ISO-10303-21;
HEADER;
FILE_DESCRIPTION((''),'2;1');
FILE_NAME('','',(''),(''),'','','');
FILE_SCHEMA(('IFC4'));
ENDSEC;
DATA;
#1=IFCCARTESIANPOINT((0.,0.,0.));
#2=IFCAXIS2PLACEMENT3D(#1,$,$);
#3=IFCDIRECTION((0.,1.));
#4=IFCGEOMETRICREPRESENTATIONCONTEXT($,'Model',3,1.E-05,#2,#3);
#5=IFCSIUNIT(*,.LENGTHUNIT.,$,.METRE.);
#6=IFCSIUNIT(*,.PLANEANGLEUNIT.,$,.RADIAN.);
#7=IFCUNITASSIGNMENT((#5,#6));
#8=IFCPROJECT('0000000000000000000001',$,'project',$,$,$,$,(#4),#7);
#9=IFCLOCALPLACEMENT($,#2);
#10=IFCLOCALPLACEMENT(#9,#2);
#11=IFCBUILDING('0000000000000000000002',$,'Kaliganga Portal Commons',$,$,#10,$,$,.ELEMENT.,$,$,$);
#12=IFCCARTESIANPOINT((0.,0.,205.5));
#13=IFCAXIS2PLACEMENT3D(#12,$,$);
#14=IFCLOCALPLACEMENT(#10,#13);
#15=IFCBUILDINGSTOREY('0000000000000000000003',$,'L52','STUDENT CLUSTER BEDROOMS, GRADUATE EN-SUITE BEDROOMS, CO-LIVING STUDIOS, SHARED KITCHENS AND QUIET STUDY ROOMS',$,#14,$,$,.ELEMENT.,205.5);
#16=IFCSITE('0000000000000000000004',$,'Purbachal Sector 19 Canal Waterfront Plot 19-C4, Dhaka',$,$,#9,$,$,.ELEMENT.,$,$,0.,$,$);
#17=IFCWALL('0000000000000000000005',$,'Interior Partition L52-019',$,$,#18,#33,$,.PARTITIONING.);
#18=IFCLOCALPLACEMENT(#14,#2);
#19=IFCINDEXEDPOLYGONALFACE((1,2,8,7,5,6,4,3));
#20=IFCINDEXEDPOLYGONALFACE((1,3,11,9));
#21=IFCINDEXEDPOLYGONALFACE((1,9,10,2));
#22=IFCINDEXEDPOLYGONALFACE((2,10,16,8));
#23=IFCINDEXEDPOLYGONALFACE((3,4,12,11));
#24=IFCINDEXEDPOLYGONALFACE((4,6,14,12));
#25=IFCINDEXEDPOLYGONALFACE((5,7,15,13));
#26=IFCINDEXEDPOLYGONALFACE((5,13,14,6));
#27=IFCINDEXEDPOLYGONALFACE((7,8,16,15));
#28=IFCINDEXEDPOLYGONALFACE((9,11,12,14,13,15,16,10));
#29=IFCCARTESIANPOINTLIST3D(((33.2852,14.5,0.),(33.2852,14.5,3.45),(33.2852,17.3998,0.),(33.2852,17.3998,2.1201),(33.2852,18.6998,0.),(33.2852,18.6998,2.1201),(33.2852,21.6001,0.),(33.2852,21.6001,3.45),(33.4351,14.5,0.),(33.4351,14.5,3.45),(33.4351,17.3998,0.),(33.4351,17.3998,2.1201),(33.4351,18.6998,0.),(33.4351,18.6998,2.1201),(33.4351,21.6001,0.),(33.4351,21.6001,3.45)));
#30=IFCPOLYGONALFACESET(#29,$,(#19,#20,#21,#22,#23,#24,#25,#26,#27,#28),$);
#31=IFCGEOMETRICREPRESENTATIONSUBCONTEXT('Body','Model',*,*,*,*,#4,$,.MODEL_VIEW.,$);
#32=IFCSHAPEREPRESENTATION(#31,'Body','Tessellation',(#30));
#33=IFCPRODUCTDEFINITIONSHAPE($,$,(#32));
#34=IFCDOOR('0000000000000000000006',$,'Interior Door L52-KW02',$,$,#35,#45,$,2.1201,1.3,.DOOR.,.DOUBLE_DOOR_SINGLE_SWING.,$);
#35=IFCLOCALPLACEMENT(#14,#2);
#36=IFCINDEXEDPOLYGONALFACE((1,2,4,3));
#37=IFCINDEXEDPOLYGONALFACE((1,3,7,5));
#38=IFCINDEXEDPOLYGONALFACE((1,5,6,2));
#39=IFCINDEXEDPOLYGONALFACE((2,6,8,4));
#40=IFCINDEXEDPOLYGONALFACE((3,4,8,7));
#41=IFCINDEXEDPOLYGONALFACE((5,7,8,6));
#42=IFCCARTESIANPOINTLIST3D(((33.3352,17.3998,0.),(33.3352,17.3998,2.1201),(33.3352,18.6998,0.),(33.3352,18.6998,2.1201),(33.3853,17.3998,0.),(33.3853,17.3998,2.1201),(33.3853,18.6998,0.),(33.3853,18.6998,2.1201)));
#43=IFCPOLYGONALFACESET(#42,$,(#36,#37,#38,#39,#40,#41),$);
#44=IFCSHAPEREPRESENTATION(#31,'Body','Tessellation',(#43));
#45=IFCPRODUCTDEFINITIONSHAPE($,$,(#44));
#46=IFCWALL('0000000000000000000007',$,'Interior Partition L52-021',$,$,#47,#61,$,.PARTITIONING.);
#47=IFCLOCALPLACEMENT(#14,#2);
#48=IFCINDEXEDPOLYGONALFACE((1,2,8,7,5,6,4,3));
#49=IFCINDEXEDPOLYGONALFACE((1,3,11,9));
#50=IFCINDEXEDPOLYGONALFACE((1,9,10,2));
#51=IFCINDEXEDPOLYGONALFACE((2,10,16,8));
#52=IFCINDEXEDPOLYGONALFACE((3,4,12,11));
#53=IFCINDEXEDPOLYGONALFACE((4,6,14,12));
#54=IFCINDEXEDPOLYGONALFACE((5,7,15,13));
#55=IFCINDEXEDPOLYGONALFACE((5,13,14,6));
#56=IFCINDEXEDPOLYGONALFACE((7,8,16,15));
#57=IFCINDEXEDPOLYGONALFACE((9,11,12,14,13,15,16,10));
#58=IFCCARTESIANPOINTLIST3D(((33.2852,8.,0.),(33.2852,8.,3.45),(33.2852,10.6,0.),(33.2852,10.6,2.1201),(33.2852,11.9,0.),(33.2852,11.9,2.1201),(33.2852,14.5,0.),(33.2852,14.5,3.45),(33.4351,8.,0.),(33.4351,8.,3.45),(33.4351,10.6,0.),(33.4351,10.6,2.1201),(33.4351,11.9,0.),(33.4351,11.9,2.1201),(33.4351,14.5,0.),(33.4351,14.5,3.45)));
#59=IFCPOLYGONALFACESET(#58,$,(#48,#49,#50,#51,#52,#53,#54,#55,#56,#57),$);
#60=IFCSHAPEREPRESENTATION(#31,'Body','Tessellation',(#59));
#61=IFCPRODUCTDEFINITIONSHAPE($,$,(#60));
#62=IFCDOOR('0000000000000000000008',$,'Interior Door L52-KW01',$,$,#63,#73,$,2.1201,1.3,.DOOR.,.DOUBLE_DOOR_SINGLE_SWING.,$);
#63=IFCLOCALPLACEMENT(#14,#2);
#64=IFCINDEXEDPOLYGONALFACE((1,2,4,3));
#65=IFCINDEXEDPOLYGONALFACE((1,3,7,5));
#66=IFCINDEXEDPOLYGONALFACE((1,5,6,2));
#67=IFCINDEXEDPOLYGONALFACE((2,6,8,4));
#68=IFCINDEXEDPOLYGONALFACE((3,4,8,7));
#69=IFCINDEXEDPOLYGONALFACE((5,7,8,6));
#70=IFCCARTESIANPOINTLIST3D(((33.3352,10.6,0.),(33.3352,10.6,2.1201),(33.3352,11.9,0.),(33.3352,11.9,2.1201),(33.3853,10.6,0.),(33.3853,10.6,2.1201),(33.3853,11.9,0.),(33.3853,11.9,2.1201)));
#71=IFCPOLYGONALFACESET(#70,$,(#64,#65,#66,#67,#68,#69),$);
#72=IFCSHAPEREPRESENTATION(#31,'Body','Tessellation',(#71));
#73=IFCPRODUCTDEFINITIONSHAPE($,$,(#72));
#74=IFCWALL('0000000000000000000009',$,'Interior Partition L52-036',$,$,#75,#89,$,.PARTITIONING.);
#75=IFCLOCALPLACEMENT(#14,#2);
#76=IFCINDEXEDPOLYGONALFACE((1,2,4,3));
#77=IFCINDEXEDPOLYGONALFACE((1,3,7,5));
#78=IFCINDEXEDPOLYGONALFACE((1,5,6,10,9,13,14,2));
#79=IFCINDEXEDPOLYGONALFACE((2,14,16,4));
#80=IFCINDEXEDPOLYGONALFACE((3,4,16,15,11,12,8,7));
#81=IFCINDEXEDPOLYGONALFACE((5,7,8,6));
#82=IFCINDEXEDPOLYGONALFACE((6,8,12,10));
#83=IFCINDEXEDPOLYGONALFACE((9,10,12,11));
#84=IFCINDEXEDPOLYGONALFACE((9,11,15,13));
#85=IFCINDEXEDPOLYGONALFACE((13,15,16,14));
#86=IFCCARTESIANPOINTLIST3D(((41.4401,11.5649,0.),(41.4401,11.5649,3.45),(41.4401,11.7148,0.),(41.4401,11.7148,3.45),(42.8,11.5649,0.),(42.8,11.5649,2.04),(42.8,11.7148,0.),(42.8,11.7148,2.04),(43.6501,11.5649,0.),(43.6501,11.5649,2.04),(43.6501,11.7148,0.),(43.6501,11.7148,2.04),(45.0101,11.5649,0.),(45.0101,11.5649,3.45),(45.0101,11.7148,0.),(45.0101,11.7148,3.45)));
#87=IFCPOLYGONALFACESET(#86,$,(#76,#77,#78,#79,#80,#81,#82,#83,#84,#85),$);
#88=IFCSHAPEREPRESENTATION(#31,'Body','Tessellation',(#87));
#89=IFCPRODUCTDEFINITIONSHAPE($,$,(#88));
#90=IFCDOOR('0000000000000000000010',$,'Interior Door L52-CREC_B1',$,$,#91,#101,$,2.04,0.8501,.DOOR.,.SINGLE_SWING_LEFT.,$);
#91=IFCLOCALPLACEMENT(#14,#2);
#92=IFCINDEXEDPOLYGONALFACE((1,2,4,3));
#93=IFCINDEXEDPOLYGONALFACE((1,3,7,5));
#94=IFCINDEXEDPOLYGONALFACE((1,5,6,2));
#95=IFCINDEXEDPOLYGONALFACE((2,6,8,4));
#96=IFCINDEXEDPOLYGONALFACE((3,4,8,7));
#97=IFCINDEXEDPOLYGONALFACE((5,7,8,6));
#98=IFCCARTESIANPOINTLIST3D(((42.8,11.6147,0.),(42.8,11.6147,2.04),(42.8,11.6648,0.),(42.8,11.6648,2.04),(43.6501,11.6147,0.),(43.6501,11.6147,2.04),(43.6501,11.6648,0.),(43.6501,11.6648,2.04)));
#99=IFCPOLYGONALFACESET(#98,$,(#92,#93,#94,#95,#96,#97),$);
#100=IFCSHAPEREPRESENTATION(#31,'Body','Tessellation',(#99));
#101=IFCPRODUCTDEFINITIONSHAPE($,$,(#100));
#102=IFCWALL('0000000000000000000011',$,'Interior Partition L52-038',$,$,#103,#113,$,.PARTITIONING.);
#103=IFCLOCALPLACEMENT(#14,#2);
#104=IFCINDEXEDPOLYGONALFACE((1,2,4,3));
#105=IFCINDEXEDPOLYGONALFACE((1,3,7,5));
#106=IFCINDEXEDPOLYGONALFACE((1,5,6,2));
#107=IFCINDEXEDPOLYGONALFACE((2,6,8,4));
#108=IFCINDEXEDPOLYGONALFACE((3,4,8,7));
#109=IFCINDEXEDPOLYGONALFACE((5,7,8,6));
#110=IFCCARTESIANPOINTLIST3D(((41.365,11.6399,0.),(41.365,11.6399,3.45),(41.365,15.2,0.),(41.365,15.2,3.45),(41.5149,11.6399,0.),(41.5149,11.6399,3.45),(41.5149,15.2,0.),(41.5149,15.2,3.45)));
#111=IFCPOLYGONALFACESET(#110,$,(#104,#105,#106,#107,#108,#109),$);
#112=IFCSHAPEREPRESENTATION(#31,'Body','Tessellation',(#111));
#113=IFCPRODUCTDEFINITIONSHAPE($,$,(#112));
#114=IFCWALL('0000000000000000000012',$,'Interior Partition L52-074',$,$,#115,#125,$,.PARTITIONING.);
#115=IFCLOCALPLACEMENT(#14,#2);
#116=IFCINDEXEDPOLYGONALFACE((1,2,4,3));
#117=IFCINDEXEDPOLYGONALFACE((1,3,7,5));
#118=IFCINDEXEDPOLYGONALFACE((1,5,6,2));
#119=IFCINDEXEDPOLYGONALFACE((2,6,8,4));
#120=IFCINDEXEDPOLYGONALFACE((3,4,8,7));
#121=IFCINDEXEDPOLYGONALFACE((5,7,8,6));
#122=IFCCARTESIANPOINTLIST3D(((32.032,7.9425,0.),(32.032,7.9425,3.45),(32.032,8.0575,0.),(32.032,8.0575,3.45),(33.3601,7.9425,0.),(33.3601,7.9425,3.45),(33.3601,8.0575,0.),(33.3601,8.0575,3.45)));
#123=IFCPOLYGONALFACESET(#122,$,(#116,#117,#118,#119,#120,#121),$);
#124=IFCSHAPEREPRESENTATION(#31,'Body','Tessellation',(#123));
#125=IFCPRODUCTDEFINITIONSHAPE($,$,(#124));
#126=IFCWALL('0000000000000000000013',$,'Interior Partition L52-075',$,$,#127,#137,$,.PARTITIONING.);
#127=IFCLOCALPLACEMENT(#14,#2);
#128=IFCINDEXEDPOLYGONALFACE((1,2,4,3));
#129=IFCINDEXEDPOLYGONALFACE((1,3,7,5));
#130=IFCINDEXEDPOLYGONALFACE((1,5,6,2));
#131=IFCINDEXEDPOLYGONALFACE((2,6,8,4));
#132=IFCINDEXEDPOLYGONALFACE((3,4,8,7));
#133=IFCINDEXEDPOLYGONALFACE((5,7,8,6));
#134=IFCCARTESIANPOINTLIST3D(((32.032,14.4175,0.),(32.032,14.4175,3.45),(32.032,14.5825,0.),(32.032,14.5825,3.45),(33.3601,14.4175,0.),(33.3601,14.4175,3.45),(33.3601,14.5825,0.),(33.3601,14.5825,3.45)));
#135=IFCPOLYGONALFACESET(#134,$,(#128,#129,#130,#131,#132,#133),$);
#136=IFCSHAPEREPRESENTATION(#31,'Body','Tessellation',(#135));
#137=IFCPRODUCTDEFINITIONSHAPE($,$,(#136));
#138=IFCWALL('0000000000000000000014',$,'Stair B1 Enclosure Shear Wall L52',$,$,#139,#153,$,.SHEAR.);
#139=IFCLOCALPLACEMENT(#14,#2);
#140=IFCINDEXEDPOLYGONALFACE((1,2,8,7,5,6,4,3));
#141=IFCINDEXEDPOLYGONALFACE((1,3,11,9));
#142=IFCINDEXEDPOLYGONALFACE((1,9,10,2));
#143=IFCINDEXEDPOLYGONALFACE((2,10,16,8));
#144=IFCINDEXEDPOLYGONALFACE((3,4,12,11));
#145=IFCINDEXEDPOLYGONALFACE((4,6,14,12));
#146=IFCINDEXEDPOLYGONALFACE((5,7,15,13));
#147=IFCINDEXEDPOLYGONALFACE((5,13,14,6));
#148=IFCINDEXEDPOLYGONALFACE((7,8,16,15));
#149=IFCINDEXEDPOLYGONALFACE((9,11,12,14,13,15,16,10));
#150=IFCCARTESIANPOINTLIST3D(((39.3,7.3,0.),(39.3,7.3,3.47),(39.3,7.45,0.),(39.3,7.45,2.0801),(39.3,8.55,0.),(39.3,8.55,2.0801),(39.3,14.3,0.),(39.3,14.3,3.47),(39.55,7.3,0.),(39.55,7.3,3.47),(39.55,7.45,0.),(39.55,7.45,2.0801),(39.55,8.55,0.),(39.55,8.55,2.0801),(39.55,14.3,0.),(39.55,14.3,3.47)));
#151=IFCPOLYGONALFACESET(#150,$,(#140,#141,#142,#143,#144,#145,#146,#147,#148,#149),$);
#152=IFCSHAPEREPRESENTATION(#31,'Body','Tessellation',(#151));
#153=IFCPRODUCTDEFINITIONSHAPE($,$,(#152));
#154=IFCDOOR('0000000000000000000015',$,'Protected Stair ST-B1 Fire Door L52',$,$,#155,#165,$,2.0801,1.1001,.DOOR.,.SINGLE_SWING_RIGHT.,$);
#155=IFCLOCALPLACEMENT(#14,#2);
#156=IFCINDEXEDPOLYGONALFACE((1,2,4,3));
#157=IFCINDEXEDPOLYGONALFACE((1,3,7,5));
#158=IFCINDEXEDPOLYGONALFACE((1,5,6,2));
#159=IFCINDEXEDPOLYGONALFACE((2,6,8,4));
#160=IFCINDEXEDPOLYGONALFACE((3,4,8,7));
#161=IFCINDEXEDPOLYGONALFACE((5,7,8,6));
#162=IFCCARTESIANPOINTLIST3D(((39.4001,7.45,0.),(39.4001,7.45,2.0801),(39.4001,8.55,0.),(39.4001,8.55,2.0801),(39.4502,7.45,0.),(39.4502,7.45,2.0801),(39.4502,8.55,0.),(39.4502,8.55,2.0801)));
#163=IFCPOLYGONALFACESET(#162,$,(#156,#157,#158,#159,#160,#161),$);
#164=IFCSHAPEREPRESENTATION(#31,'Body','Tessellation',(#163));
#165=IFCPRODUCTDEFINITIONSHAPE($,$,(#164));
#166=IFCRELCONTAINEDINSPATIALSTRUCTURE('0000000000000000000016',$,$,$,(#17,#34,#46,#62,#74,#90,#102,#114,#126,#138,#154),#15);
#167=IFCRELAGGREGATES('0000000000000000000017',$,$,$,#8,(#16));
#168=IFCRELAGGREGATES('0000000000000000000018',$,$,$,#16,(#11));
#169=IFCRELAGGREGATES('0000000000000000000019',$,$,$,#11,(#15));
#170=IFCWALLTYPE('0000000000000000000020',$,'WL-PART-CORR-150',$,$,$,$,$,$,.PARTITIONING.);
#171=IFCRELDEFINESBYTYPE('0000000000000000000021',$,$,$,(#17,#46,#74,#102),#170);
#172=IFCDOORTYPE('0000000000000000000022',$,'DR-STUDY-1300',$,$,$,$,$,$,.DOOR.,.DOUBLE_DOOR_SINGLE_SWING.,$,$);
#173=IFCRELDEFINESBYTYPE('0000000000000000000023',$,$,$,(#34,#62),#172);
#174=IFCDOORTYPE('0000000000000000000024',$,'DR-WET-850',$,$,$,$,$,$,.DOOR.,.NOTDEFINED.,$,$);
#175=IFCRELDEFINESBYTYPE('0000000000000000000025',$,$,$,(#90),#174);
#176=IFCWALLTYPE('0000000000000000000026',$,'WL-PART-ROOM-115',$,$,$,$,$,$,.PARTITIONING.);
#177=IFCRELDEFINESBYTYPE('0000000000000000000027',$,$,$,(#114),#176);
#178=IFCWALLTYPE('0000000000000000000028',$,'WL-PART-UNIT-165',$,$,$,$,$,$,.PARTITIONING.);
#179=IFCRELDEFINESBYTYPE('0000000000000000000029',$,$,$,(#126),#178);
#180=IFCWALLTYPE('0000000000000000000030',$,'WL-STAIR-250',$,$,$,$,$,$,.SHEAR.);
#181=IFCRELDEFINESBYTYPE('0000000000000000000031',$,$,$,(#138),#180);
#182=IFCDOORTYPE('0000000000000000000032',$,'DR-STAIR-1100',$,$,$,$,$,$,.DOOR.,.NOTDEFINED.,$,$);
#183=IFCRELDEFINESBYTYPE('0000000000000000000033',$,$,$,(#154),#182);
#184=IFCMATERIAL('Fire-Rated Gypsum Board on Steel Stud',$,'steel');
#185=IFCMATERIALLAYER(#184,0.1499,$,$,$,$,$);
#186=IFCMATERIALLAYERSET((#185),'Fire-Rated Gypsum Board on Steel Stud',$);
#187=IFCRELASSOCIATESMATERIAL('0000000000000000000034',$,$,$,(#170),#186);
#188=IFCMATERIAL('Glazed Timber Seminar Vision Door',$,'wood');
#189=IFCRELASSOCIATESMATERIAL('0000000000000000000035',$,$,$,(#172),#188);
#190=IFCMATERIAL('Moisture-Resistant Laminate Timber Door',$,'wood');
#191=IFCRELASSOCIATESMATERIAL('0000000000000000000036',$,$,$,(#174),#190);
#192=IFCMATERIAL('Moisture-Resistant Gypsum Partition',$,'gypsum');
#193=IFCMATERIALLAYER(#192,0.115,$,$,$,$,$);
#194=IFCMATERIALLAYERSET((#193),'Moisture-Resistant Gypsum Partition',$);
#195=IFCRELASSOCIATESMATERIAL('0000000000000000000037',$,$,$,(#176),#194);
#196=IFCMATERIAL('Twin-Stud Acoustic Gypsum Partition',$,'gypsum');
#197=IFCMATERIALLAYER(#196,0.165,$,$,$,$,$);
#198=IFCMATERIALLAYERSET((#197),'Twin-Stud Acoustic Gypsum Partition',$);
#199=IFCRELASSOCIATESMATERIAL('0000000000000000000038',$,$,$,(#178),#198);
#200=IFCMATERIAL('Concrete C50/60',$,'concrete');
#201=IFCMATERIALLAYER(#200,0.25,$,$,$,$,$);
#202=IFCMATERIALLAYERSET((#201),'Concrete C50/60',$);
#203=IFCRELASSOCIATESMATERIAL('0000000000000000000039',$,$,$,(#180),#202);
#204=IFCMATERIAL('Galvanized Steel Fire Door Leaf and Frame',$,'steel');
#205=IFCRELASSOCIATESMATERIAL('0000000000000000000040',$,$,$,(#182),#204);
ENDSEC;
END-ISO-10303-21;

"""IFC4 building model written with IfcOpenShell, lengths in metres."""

from ifc_helpers import new_model, si_unit, direction, frame, frame_2d, origin, place, context, subcontext, project, spatial, rectangle, extrude, material, layer, layer_set, type_object, element, fill, save


model = new_model("IFC4")

# Units and contexts
model_context = context("Model", 3, precision=1e-05, world=origin(), true_north=direction((0.0, 1.0)))
body_context = subcontext(model_context, "Body", "Model", "MODEL_VIEW")
ifc_project = project(units=[si_unit("LENGTHUNIT", "METRE"), si_unit("PLANEANGLEUNIT", "RADIAN")], contexts=[model_context])

# Site, building, storey
site_placement = place(None, origin())
site = spatial("IfcSite", under=ifc_project, at=site_placement, Name="Purbachal Sector 19 Canal Waterfront Plot 19-C4, Dhaka", CompositionType="ELEMENT", RefElevation=0.0)
building_placement = place(site_placement, origin())
building = spatial("IfcBuilding", under=site, at=building_placement, Name="Kaliganga Portal Commons", CompositionType="ELEMENT")
storey_placement = place(building_placement, frame((0.0, 0.0, 205.5)))
storey = spatial("IfcBuildingStorey", under=building, at=storey_placement, Name="L52", Description="STUDENT CLUSTER BEDROOMS, GRADUATE EN-SUITE BEDROOMS, CO-LIVING STUDIOS, SHARED KITCHENS AND QUIET STUDY ROOMS", CompositionType="ELEMENT", Elevation=205.5)

# Shared definitions
ifc_material_1 = material(Name="Concrete C50/60", Category="concrete")

# Walls, openings, doors
ifc_material_2 = material(Name="Fire-Rated Gypsum Board on Steel Stud", Category="steel")
ifc_layer_1 = layer(ifc_material_2, 0.1499)
ifc_layer_set_1 = layer_set([ifc_layer_1], Name="Fire-Rated Gypsum Board on Steel Stud")
wall_type_1 = type_object("IfcWallType", Name="WL-PART-CORR-150", PredefinedType="PARTITIONING", material=ifc_layer_set_1)
wall_1_placement = place(storey_placement, frame((33.3601, 14.5, 0.0), z_axis=(0.0, 0.0, 1.0), x_axis=(0.0, 1.0, 0.0)))
wall_1 = element("IfcWall", 1, at=wall_1_placement, inside=storey, type_object=wall_type_1, Name="Interior Partition L52-019", PredefinedType="PARTITIONING", context=body_context, shape_type="SweptSolid", body=[
    extrude(rectangle(XDim=7.1001, YDim=0.1499, at=frame_2d((3.55, 0.0))), origin(), (0.0, 0.0, 1.0), 3.45),
])
opening_1_placement = place(wall_1_placement, frame((2.8999, 0.0, 0.0)))
opening_1 = element("IfcOpeningElement", 2, at=opening_1_placement, cuts=wall_1, PredefinedType="OPENING", context=body_context, shape_type="SweptSolid", body=[
    extrude(rectangle(XDim=1.3, YDim=2.1201, at=frame_2d((0.6499, 1.0601))), frame((0.0, 0.085, 0.0), z_axis=(0.0, -1.0, 0.0), x_axis=(1.0, 0.0, 0.0)), (0.0, 0.0, 1.0), 0.1699),
])
ifc_material_3 = material(Name="Glazed Timber Seminar Vision Door", Category="wood")
door_type_1 = type_object("IfcDoorType", Name="DR-STUDY-1300", OperationType="DOUBLE_DOOR_SINGLE_SWING", PredefinedType="DOOR", material=ifc_material_3)
door_1_placement = place(opening_1_placement, origin())
door_1 = element("IfcDoor", 3, at=door_1_placement, inside=storey, type_object=door_type_1, Name="Interior Door L52-KW02", OperationType="DOUBLE_DOOR_SINGLE_SWING", OverallHeight=2.1201, OverallWidth=1.3, PredefinedType="DOOR", context=body_context, shape_type="SweptSolid", body=[
    extrude(rectangle(XDim=1.3, YDim=2.1201, at=frame_2d((0.6499, 1.0601))), frame((0.0, 0.0249, 0.0), z_axis=(0.0, -1.0, 0.0), x_axis=(1.0, 0.0, 0.0)), (0.0, 0.0, 1.0), 0.05),
])
fill(opening_1, door_1)
wall_2_placement = place(storey_placement, frame((33.3601, 8.0, 0.0), z_axis=(0.0, 0.0, 1.0), x_axis=(0.0, 1.0, 0.0)))
wall_2 = element("IfcWall", 4, at=wall_2_placement, inside=storey, type_object=wall_type_1, Name="Interior Partition L52-021", PredefinedType="PARTITIONING", context=body_context, shape_type="SweptSolid", body=[
    extrude(rectangle(XDim=6.5, YDim=0.1499, at=frame_2d((3.25, 0.0))), origin(), (0.0, 0.0, 1.0), 3.45),
])
opening_2_placement = place(wall_2_placement, frame((2.6001, 0.0, 0.0)))
opening_2 = element("IfcOpeningElement", 5, at=opening_2_placement, cuts=wall_2, PredefinedType="OPENING", context=body_context, shape_type="SweptSolid", body=[
    extrude(rectangle(XDim=1.3, YDim=2.1201, at=frame_2d((0.6499, 1.0601))), frame((0.0, 0.085, 0.0), z_axis=(0.0, -1.0, 0.0), x_axis=(1.0, 0.0, 0.0)), (0.0, 0.0, 1.0), 0.1699),
])
door_2_placement = place(opening_2_placement, origin())
door_2 = element("IfcDoor", 6, at=door_2_placement, inside=storey, type_object=door_type_1, Name="Interior Door L52-KW01", OperationType="DOUBLE_DOOR_SINGLE_SWING", OverallHeight=2.1201, OverallWidth=1.3, PredefinedType="DOOR", context=body_context, shape_type="SweptSolid", body=[
    extrude(rectangle(XDim=1.3, YDim=2.1201, at=frame_2d((0.6499, 1.0601))), frame((0.0, 0.0249, 0.0), z_axis=(0.0, -1.0, 0.0), x_axis=(1.0, 0.0, 0.0)), (0.0, 0.0, 1.0), 0.05),
])
fill(opening_2, door_2)
wall_3_placement = place(storey_placement, frame((41.4399, 11.6399, 0.0), z_axis=(0.0, 0.0, 1.0), x_axis=(1.0, 0.0, 0.0)))
wall_3 = element("IfcWall", 7, at=wall_3_placement, inside=storey, type_object=wall_type_1, Name="Interior Partition L52-036", PredefinedType="PARTITIONING", context=body_context, shape_type="SweptSolid", body=[
    extrude(rectangle(XDim=3.5701, YDim=0.1499, at=frame_2d((1.7852, 0.0))), origin(), (0.0, 0.0, 1.0), 3.45),
])
opening_3_placement = place(wall_3_placement, frame((1.3601, 0.0, 0.0)))
opening_3 = element("IfcOpeningElement", 8, at=opening_3_placement, cuts=wall_3, PredefinedType="OPENING", context=body_context, shape_type="SweptSolid", body=[
    extrude(rectangle(XDim=0.8501, YDim=2.04, at=frame_2d((0.425, 1.02))), frame((0.0, 0.085, 0.0), z_axis=(0.0, -1.0, 0.0), x_axis=(1.0, 0.0, 0.0)), (0.0, 0.0, 1.0), 0.1699),
])
ifc_material_4 = material(Name="Moisture-Resistant Laminate Timber Door", Category="wood")
door_type_2 = type_object("IfcDoorType", Name="DR-WET-850", OperationType="NOTDEFINED", PredefinedType="DOOR", material=ifc_material_4)
door_3_placement = place(opening_3_placement, origin())
door_3 = element("IfcDoor", 9, at=door_3_placement, inside=storey, type_object=door_type_2, Name="Interior Door L52-CREC_B1", OperationType="SINGLE_SWING_LEFT", OverallHeight=2.04, OverallWidth=0.8501, PredefinedType="DOOR", context=body_context, shape_type="SweptSolid", body=[
    extrude(rectangle(XDim=0.8501, YDim=2.04, at=frame_2d((0.425, 1.02))), frame((0.0, 0.0249, 0.0), z_axis=(0.0, -1.0, 0.0), x_axis=(1.0, 0.0, 0.0)), (0.0, 0.0, 1.0), 0.05),
])
fill(opening_3, door_3)

# Walls
wall_4_placement = place(storey_placement, frame((41.4399, 11.6399, 0.0), z_axis=(0.0, 0.0, 1.0), x_axis=(0.0, 1.0, 0.0)))
element("IfcWall", 10, at=wall_4_placement, inside=storey, type_object=wall_type_1, Name="Interior Partition L52-038", PredefinedType="PARTITIONING", context=body_context, shape_type="SweptSolid", body=[
    extrude(rectangle(XDim=3.5601, YDim=0.1499, at=frame_2d((1.78, 0.0))), origin(), (0.0, 0.0, 1.0), 3.45),
])
ifc_material_5 = material(Name="Moisture-Resistant Gypsum Partition", Category="gypsum")
ifc_layer_2 = layer(ifc_material_5, 0.115)
ifc_layer_set_2 = layer_set([ifc_layer_2], Name="Moisture-Resistant Gypsum Partition")
wall_type_2 = type_object("IfcWallType", Name="WL-PART-ROOM-115", PredefinedType="PARTITIONING", material=ifc_layer_set_2)
wall_5_placement = place(storey_placement, frame((32.032, 8.0, 0.0), z_axis=(0.0, 0.0, 1.0), x_axis=(1.0, 0.0, 0.0)))
element("IfcWall", 11, at=wall_5_placement, inside=storey, type_object=wall_type_2, Name="Interior Partition L52-074", PredefinedType="PARTITIONING", context=body_context, shape_type="SweptSolid", body=[
    extrude(rectangle(XDim=1.3281, YDim=0.115, at=frame_2d((0.6641, 0.0))), origin(), (0.0, 0.0, 1.0), 3.45),
])
ifc_material_6 = material(Name="Twin-Stud Acoustic Gypsum Partition", Category="gypsum")
ifc_layer_3 = layer(ifc_material_6, 0.165)
ifc_layer_set_3 = layer_set([ifc_layer_3], Name="Twin-Stud Acoustic Gypsum Partition")
wall_type_3 = type_object("IfcWallType", Name="WL-PART-UNIT-165", PredefinedType="PARTITIONING", material=ifc_layer_set_3)
wall_6_placement = place(storey_placement, frame((32.032, 14.5, 0.0), z_axis=(0.0, 0.0, 1.0), x_axis=(1.0, 0.0, 0.0)))
element("IfcWall", 12, at=wall_6_placement, inside=storey, type_object=wall_type_3, Name="Interior Partition L52-075", PredefinedType="PARTITIONING", context=body_context, shape_type="SweptSolid", body=[
    extrude(rectangle(XDim=1.3281, YDim=0.165, at=frame_2d((0.6641, 0.0))), origin(), (0.0, 0.0, 1.0), 3.45),
])

# Wall, opening, door
ifc_layer_4 = layer(ifc_material_1, 0.25)
ifc_layer_set_4 = layer_set([ifc_layer_4], Name="Concrete C50/60")
wall_type_4 = type_object("IfcWallType", Name="WL-STAIR-250", PredefinedType="SHEAR", material=ifc_layer_set_4)
wall_7_placement = place(storey_placement, frame((39.425, 7.3, 0.0), z_axis=(0.0, 0.0, 1.0), x_axis=(0.0, 1.0, 0.0)))
wall_7 = element("IfcWall", 13, at=wall_7_placement, inside=storey, type_object=wall_type_4, Name="Stair B1 Enclosure Shear Wall L52", PredefinedType="SHEAR", context=body_context, shape_type="SweptSolid", body=[
    extrude(rectangle(XDim=7.0, YDim=0.25, at=frame_2d((3.5, 0.0))), origin(), (0.0, 0.0, 1.0), 3.47),
])
opening_4_placement = place(wall_7_placement, frame((0.1499, 0.0, 0.0)))
opening_4 = element("IfcOpeningElement", 14, at=opening_4_placement, cuts=wall_7, PredefinedType="OPENING", context=body_context, shape_type="SweptSolid", body=[
    extrude(rectangle(XDim=1.1001, YDim=2.0801, at=frame_2d((0.55, 1.04))), frame((0.0, 0.135, 0.0), z_axis=(0.0, -1.0, 0.0), x_axis=(1.0, 0.0, 0.0)), (0.0, 0.0, 1.0), 0.27),
])
ifc_material_7 = material(Name="Galvanized Steel Fire Door Leaf and Frame", Category="steel")
door_type_3 = type_object("IfcDoorType", Name="DR-STAIR-1100", OperationType="NOTDEFINED", PredefinedType="DOOR", material=ifc_material_7)
door_4_placement = place(opening_4_placement, origin())
door_4 = element("IfcDoor", 15, at=door_4_placement, inside=storey, type_object=door_type_3, Name="Protected Stair ST-B1 Fire Door L52", OperationType="SINGLE_SWING_RIGHT", OverallHeight=2.0801, OverallWidth=1.1001, PredefinedType="DOOR", context=body_context, shape_type="SweptSolid", body=[
    extrude(rectangle(XDim=1.1001, YDim=2.0801, at=frame_2d((0.55, 1.04))), frame((0.0, 0.0249, 0.0), z_axis=(0.0, -1.0, 0.0), x_axis=(1.0, 0.0, 0.0)), (0.0, 0.0, 1.0), 0.05),
])
fill(opening_4, door_4)

save(model, "model.ifc")
